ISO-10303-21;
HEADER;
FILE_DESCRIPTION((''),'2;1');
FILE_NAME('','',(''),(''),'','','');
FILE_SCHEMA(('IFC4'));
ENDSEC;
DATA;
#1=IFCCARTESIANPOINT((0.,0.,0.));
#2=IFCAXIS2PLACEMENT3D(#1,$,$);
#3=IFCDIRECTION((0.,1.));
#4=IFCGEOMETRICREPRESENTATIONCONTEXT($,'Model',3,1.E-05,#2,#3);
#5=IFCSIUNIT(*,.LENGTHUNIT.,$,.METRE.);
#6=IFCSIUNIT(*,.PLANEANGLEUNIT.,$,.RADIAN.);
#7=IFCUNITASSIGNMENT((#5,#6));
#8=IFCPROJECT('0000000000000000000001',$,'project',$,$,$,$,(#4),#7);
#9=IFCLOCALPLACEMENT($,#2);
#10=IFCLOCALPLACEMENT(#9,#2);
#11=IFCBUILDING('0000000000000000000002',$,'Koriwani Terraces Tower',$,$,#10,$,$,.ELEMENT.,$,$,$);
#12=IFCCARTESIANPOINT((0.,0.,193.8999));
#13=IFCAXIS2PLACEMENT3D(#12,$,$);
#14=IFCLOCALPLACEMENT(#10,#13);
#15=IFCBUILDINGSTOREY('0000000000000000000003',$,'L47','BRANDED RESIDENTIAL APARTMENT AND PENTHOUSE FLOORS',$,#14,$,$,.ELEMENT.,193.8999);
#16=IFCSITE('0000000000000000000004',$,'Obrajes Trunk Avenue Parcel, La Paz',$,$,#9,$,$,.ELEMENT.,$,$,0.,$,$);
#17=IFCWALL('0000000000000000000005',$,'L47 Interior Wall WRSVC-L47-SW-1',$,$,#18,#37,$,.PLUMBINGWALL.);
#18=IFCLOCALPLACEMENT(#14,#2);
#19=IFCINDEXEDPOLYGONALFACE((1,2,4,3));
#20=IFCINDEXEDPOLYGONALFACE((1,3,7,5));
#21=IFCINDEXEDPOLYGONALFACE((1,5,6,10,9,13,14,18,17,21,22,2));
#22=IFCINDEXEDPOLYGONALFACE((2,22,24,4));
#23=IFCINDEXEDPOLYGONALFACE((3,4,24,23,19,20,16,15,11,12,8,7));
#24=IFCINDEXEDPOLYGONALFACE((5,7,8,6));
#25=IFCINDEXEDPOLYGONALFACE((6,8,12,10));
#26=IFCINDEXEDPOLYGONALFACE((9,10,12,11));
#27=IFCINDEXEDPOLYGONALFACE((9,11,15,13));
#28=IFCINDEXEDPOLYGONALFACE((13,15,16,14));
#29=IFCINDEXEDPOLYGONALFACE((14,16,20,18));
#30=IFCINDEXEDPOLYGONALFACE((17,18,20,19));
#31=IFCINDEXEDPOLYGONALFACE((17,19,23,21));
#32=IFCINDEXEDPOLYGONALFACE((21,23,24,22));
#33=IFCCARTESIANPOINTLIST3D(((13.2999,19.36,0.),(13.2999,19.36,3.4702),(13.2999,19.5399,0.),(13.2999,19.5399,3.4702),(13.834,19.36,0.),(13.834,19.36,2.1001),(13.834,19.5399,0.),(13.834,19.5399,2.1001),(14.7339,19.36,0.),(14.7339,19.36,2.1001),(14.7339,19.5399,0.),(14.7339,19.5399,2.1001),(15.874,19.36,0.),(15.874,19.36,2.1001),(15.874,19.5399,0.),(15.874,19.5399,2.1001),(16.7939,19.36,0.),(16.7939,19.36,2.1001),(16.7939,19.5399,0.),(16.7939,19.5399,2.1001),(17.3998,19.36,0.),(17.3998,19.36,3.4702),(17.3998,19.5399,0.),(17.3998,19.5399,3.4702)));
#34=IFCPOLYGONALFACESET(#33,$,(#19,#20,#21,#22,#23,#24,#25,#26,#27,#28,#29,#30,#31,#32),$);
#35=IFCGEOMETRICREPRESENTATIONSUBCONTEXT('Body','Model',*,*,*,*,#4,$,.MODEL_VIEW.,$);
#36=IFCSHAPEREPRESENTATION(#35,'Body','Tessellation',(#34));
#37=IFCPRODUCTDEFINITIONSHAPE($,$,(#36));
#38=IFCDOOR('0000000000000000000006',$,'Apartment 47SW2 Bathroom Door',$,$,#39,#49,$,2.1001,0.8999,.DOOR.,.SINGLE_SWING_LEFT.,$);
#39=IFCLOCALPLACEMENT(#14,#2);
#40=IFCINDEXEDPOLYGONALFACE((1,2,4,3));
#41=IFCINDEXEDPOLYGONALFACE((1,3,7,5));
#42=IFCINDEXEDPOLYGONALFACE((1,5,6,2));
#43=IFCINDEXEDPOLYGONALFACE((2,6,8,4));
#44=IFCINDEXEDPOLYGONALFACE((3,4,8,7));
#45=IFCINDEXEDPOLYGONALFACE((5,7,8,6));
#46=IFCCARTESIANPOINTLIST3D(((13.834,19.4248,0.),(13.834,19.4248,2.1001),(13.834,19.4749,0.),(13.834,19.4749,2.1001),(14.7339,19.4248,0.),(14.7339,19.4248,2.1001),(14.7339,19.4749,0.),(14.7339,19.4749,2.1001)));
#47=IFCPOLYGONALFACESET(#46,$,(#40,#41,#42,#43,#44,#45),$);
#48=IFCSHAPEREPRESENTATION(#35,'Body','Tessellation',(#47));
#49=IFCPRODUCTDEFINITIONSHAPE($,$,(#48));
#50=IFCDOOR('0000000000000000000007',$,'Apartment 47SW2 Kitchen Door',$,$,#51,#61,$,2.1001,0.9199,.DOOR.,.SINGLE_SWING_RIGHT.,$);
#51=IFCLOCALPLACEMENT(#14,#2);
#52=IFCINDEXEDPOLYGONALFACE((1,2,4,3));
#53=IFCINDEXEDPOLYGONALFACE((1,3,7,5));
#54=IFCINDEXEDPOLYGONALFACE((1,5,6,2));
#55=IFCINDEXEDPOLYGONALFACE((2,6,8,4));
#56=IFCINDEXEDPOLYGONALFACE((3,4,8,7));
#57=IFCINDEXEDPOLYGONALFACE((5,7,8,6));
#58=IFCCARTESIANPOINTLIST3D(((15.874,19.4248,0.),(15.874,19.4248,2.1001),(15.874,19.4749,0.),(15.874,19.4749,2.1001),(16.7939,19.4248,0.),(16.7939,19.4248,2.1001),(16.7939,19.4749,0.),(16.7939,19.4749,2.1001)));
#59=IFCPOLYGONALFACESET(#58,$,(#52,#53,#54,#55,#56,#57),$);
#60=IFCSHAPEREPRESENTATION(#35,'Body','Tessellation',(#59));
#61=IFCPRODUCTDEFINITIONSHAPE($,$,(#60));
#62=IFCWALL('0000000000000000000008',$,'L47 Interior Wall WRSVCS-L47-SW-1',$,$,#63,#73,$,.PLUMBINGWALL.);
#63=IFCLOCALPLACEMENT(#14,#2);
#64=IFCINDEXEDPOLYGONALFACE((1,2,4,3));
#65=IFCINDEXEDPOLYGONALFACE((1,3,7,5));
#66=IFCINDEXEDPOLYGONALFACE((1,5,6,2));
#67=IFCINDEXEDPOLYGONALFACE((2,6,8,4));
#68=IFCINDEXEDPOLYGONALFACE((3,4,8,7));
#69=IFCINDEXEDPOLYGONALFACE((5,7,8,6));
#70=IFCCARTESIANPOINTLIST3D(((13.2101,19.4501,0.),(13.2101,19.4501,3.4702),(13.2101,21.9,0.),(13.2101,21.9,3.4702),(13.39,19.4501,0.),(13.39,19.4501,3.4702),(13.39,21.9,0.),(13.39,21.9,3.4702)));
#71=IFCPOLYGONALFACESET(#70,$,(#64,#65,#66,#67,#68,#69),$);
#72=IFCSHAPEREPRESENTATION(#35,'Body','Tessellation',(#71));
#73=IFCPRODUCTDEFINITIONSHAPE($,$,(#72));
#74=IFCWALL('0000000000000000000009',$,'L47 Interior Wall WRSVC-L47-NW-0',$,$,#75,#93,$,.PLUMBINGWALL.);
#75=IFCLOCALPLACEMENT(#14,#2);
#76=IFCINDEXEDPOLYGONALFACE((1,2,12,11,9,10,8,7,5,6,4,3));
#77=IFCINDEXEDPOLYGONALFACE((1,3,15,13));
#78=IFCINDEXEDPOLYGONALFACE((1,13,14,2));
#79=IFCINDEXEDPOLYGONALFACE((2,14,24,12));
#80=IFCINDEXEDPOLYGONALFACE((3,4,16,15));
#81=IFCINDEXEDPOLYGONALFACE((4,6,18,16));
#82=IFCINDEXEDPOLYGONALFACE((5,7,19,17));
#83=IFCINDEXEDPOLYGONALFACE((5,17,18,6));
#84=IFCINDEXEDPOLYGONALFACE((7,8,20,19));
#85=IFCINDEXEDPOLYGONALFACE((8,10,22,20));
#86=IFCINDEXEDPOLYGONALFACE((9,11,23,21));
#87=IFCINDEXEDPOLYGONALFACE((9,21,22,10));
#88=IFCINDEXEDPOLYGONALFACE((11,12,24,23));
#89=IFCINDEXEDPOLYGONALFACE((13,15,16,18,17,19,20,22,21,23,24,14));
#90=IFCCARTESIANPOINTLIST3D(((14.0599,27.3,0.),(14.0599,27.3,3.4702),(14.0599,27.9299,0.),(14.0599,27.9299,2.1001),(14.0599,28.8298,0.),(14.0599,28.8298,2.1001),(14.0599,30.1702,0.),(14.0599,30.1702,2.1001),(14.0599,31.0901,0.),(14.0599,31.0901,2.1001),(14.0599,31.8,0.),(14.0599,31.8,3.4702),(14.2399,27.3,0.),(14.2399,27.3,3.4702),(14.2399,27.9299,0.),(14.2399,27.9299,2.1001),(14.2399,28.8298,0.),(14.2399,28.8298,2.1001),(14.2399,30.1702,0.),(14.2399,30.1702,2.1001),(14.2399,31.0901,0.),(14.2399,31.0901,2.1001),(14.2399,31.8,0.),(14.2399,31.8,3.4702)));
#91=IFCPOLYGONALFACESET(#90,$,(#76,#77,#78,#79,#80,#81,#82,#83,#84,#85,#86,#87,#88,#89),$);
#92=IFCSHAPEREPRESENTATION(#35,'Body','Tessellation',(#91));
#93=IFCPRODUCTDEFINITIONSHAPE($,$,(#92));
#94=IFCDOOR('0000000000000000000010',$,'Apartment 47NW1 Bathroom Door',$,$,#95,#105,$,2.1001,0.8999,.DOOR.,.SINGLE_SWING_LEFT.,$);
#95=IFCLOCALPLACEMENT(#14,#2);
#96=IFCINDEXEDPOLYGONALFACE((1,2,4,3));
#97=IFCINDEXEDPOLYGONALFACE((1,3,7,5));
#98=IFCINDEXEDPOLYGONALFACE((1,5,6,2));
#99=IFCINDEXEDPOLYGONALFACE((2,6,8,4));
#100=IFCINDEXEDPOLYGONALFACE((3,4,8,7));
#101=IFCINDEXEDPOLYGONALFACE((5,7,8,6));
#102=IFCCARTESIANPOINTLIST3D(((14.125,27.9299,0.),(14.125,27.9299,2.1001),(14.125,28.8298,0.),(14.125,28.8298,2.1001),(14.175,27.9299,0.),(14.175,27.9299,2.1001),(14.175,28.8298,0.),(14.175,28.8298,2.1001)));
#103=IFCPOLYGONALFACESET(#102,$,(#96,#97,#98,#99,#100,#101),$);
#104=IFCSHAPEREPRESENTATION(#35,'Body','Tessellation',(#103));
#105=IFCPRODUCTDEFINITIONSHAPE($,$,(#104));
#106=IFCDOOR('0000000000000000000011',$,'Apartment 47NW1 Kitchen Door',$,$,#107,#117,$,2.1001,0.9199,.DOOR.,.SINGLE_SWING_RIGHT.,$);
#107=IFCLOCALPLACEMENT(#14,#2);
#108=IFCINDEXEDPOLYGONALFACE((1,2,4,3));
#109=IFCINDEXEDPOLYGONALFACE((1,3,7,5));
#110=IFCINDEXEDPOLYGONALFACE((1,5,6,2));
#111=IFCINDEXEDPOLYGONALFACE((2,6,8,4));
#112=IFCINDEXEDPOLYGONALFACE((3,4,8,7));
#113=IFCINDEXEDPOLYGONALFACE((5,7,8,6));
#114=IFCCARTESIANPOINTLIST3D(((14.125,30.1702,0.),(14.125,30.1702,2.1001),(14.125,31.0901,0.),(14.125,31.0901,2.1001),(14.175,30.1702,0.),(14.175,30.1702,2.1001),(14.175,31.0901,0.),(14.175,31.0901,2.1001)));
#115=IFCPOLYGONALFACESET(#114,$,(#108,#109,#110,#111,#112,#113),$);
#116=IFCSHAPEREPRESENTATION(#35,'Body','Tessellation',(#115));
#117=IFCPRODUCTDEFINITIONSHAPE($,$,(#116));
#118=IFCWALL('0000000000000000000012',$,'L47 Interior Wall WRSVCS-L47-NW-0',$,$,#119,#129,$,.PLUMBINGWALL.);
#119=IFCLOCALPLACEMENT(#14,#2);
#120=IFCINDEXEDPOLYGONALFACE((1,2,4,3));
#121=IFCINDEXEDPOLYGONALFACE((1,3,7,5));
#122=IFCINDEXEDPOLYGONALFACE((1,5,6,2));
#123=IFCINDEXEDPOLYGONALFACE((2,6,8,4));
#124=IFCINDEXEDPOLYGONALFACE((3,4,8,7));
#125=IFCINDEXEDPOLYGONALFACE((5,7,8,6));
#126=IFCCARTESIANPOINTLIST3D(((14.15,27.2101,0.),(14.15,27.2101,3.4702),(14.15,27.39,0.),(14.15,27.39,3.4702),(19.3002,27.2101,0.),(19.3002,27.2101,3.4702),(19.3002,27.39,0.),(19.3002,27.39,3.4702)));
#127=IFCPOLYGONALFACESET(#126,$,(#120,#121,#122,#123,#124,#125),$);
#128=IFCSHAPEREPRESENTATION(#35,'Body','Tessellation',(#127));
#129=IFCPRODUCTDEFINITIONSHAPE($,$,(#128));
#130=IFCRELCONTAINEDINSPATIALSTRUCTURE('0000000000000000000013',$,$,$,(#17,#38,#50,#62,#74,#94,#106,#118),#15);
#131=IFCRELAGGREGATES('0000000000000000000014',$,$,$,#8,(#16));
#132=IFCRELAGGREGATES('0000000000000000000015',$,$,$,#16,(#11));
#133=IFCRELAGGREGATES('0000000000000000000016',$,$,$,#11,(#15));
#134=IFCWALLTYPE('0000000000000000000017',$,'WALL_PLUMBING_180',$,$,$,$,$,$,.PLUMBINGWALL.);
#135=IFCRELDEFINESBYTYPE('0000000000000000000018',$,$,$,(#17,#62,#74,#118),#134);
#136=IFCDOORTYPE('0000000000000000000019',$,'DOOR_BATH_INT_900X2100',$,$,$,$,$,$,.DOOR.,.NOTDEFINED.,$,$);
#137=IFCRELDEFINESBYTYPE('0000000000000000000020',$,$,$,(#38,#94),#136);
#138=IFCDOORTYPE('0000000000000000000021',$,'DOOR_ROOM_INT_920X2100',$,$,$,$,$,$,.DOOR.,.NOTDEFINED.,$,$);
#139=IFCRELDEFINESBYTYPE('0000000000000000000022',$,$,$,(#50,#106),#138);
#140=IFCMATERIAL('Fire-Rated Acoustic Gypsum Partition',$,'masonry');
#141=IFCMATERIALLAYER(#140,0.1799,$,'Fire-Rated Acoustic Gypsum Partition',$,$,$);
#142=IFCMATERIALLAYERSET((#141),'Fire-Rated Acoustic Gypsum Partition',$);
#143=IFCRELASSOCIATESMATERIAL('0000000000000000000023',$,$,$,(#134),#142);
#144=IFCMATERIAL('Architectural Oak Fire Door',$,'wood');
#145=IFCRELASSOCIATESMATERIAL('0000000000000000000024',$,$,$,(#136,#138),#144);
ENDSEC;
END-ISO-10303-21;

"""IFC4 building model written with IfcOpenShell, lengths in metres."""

from ifc_helpers import new_model, si_unit, direction, frame, frame_2d, origin, place, context, subcontext, project, spatial, rectangle, extrude, material, layer, layer_set, type_object, element, fill, save


model = new_model("IFC4")

# Units and contexts
model_context = context("Model", 3, precision=1e-05, world=origin(), true_north=direction((0.0, 1.0)))
body_context = subcontext(model_context, "Body", "Model", "MODEL_VIEW")
ifc_project = project(units=[si_unit("LENGTHUNIT", "METRE"), si_unit("PLANEANGLEUNIT", "RADIAN")], contexts=[model_context])

# Site, building, storey
site_placement = place(None, origin())
site = spatial("IfcSite", under=ifc_project, at=site_placement, Name="Obrajes Trunk Avenue Parcel, La Paz", CompositionType="ELEMENT", RefElevation=0.0)
building_placement = place(site_placement, origin())
building = spatial("IfcBuilding", under=site, at=building_placement, Name="Koriwani Terraces Tower", CompositionType="ELEMENT")
storey_placement = place(building_placement, frame((0.0, 0.0, 193.8999)))
storey = spatial("IfcBuildingStorey", under=building, at=storey_placement, Name="L47", Description="BRANDED RESIDENTIAL APARTMENT AND PENTHOUSE FLOORS", CompositionType="ELEMENT", Elevation=193.8999)

# Shared definitions
ifc_material_1 = material(Name="Architectural Oak Fire Door", Category="wood")

# Wall, openings, doors
ifc_material_2 = material(Name="Fire-Rated Acoustic Gypsum Partition", Category="masonry")
ifc_layer_1 = layer(ifc_material_2, 0.1799, Name="Fire-Rated Acoustic Gypsum Partition")
ifc_layer_set_1 = layer_set([ifc_layer_1], Name="Fire-Rated Acoustic Gypsum Partition")
wall_type_1 = type_object("IfcWallType", Name="WALL_PLUMBING_180", PredefinedType="PLUMBINGWALL", material=ifc_layer_set_1)
wall_1_placement = place(storey_placement, frame((13.3, 19.45, 0.0), z_axis=(0.0, 0.0, 1.0), x_axis=(1.0, 0.0, 0.0)))
wall_1 = element("IfcWall", 1, at=wall_1_placement, inside=storey, type_object=wall_type_1, Name="L47 Interior Wall WRSVC-L47-SW-1", PredefinedType="PLUMBINGWALL", context=body_context, shape_type="SweptSolid", body=[
    extrude(rectangle(XDim=4.0999, YDim=0.1799, at=frame_2d((2.0498, 0.0))), origin(), (0.0, 0.0, 1.0), 3.4702),
])
opening_1_placement = place(wall_1_placement, frame((0.5339, 0.0, 0.0)))
opening_1 = element("IfcOpeningElement", 2, at=opening_1_placement, cuts=wall_1, PredefinedType="OPENING", context=body_context, shape_type="SweptSolid", body=[
    extrude(rectangle(XDim=0.8999, YDim=2.1001, at=frame_2d((0.45, 1.05))), frame((0.0, 0.1001, 0.0), z_axis=(0.0, -1.0, 0.0), x_axis=(1.0, 0.0, 0.0)), (0.0, 0.0, 1.0), 0.2),
])
opening_2_placement = place(wall_1_placement, frame((2.574, 0.0, 0.0)))
opening_2 = element("IfcOpeningElement", 3, at=opening_2_placement, cuts=wall_1, PredefinedType="OPENING", context=body_context, shape_type="SweptSolid", body=[
    extrude(rectangle(XDim=0.9199, YDim=2.1001, at=frame_2d((0.46, 1.05))), frame((0.0, 0.1001, 0.0), z_axis=(0.0, -1.0, 0.0), x_axis=(1.0, 0.0, 0.0)), (0.0, 0.0, 1.0), 0.2),
])
door_type_1 = type_object("IfcDoorType", Name="DOOR_BATH_INT_900X2100", OperationType="NOTDEFINED", PredefinedType="DOOR", material=ifc_material_1)
door_1_placement = place(opening_1_placement, origin())
door_1 = element("IfcDoor", 4, at=door_1_placement, inside=storey, type_object=door_type_1, Name="Apartment 47SW2 Bathroom Door", OperationType="SINGLE_SWING_LEFT", OverallHeight=2.1001, OverallWidth=0.8999, PredefinedType="DOOR", context=body_context, shape_type="SweptSolid", body=[
    extrude(rectangle(XDim=0.8999, YDim=2.1001, at=frame_2d((0.45, 1.05))), frame((0.0, 0.0249, 0.0), z_axis=(0.0, -1.0, 0.0), x_axis=(1.0, 0.0, 0.0)), (0.0, 0.0, 1.0), 0.05),
])
fill(opening_1, door_1)
door_type_2 = type_object("IfcDoorType", Name="DOOR_ROOM_INT_920X2100", OperationType="NOTDEFINED", PredefinedType="DOOR", material=ifc_material_1)
door_2_placement = place(opening_2_placement, origin())
door_2 = element("IfcDoor", 5, at=door_2_placement, inside=storey, type_object=door_type_2, Name="Apartment 47SW2 Kitchen Door", OperationType="SINGLE_SWING_RIGHT", OverallHeight=2.1001, OverallWidth=0.9199, PredefinedType="DOOR", context=body_context, shape_type="SweptSolid", body=[
    extrude(rectangle(XDim=0.9199, YDim=2.1001, at=frame_2d((0.46, 1.05))), frame((0.0, 0.0249, 0.0), z_axis=(0.0, -1.0, 0.0), x_axis=(1.0, 0.0, 0.0)), (0.0, 0.0, 1.0), 0.05),
])
fill(opening_2, door_2)

# Wall
wall_2_placement = place(storey_placement, frame((13.3, 19.45, 0.0), z_axis=(0.0, 0.0, 1.0), x_axis=(0.0, 1.0, 0.0)))
element("IfcWall", 6, at=wall_2_placement, inside=storey, type_object=wall_type_1, Name="L47 Interior Wall WRSVCS-L47-SW-1", PredefinedType="PLUMBINGWALL", context=body_context, shape_type="SweptSolid", body=[
    extrude(rectangle(XDim=2.45, YDim=0.1799, at=frame_2d((1.2251, 0.0))), origin(), (0.0, 0.0, 1.0), 3.4702),
])

# Wall, openings, doors
wall_3_placement = place(storey_placement, frame((14.1499, 27.3, 0.0), z_axis=(0.0, 0.0, 1.0), x_axis=(0.0, 1.0, 0.0)))
wall_3 = element("IfcWall", 7, at=wall_3_placement, inside=storey, type_object=wall_type_1, Name="L47 Interior Wall WRSVC-L47-NW-0", PredefinedType="PLUMBINGWALL", context=body_context, shape_type="SweptSolid", body=[
    extrude(rectangle(XDim=4.5, YDim=0.1799, at=frame_2d((2.25, 0.0))), origin(), (0.0, 0.0, 1.0), 3.4702),
])
opening_3_placement = place(wall_3_placement, frame((0.6299, 0.0, 0.0)))
opening_3 = element("IfcOpeningElement", 8, at=opening_3_placement, cuts=wall_3, PredefinedType="OPENING", context=body_context, shape_type="SweptSolid", body=[
    extrude(rectangle(XDim=0.8999, YDim=2.1001, at=frame_2d((0.45, 1.05))), frame((0.0, 0.1001, 0.0), z_axis=(0.0, -1.0, 0.0), x_axis=(1.0, 0.0, 0.0)), (0.0, 0.0, 1.0), 0.2),
])
opening_4_placement = place(wall_3_placement, frame((2.8701, 0.0, 0.0)))
opening_4 = element("IfcOpeningElement", 9, at=opening_4_placement, cuts=wall_3, PredefinedType="OPENING", context=body_context, shape_type="SweptSolid", body=[
    extrude(rectangle(XDim=0.9199, YDim=2.1001, at=frame_2d((0.46, 1.05))), frame((0.0, 0.1001, 0.0), z_axis=(0.0, -1.0, 0.0), x_axis=(1.0, 0.0, 0.0)), (0.0, 0.0, 1.0), 0.2),
])
door_3_placement = place(opening_3_placement, origin())
door_3 = element("IfcDoor", 10, at=door_3_placement, inside=storey, type_object=door_type_1, Name="Apartment 47NW1 Bathroom Door", OperationType="SINGLE_SWING_LEFT", OverallHeight=2.1001, OverallWidth=0.8999, PredefinedType="DOOR", context=body_context, shape_type="SweptSolid", body=[
    extrude(rectangle(XDim=0.8999, YDim=2.1001, at=frame_2d((0.45, 1.05))), frame((0.0, 0.0249, 0.0), z_axis=(0.0, -1.0, 0.0), x_axis=(1.0, 0.0, 0.0)), (0.0, 0.0, 1.0), 0.05),
])
fill(opening_3, door_3)
door_4_placement = place(opening_4_placement, origin())
door_4 = element("IfcDoor", 11, at=door_4_placement, inside=storey, type_object=door_type_2, Name="Apartment 47NW1 Kitchen Door", OperationType="SINGLE_SWING_RIGHT", OverallHeight=2.1001, OverallWidth=0.9199, PredefinedType="DOOR", context=body_context, shape_type="SweptSolid", body=[
    extrude(rectangle(XDim=0.9199, YDim=2.1001, at=frame_2d((0.46, 1.05))), frame((0.0, 0.0249, 0.0), z_axis=(0.0, -1.0, 0.0), x_axis=(1.0, 0.0, 0.0)), (0.0, 0.0, 1.0), 0.05),
])
fill(opening_4, door_4)

# Wall
wall_4_placement = place(storey_placement, frame((14.1499, 27.3, 0.0), z_axis=(0.0, 0.0, 1.0), x_axis=(1.0, 0.0, 0.0)))
element("IfcWall", 12, at=wall_4_placement, inside=storey, type_object=wall_type_1, Name="L47 Interior Wall WRSVCS-L47-NW-0", PredefinedType="PLUMBINGWALL", context=body_context, shape_type="SweptSolid", body=[
    extrude(rectangle(XDim=5.1501, YDim=0.1799, at=frame_2d((2.5752, 0.0))), origin(), (0.0, 0.0, 1.0), 3.4702),
])

save(model, "model.ifc")
